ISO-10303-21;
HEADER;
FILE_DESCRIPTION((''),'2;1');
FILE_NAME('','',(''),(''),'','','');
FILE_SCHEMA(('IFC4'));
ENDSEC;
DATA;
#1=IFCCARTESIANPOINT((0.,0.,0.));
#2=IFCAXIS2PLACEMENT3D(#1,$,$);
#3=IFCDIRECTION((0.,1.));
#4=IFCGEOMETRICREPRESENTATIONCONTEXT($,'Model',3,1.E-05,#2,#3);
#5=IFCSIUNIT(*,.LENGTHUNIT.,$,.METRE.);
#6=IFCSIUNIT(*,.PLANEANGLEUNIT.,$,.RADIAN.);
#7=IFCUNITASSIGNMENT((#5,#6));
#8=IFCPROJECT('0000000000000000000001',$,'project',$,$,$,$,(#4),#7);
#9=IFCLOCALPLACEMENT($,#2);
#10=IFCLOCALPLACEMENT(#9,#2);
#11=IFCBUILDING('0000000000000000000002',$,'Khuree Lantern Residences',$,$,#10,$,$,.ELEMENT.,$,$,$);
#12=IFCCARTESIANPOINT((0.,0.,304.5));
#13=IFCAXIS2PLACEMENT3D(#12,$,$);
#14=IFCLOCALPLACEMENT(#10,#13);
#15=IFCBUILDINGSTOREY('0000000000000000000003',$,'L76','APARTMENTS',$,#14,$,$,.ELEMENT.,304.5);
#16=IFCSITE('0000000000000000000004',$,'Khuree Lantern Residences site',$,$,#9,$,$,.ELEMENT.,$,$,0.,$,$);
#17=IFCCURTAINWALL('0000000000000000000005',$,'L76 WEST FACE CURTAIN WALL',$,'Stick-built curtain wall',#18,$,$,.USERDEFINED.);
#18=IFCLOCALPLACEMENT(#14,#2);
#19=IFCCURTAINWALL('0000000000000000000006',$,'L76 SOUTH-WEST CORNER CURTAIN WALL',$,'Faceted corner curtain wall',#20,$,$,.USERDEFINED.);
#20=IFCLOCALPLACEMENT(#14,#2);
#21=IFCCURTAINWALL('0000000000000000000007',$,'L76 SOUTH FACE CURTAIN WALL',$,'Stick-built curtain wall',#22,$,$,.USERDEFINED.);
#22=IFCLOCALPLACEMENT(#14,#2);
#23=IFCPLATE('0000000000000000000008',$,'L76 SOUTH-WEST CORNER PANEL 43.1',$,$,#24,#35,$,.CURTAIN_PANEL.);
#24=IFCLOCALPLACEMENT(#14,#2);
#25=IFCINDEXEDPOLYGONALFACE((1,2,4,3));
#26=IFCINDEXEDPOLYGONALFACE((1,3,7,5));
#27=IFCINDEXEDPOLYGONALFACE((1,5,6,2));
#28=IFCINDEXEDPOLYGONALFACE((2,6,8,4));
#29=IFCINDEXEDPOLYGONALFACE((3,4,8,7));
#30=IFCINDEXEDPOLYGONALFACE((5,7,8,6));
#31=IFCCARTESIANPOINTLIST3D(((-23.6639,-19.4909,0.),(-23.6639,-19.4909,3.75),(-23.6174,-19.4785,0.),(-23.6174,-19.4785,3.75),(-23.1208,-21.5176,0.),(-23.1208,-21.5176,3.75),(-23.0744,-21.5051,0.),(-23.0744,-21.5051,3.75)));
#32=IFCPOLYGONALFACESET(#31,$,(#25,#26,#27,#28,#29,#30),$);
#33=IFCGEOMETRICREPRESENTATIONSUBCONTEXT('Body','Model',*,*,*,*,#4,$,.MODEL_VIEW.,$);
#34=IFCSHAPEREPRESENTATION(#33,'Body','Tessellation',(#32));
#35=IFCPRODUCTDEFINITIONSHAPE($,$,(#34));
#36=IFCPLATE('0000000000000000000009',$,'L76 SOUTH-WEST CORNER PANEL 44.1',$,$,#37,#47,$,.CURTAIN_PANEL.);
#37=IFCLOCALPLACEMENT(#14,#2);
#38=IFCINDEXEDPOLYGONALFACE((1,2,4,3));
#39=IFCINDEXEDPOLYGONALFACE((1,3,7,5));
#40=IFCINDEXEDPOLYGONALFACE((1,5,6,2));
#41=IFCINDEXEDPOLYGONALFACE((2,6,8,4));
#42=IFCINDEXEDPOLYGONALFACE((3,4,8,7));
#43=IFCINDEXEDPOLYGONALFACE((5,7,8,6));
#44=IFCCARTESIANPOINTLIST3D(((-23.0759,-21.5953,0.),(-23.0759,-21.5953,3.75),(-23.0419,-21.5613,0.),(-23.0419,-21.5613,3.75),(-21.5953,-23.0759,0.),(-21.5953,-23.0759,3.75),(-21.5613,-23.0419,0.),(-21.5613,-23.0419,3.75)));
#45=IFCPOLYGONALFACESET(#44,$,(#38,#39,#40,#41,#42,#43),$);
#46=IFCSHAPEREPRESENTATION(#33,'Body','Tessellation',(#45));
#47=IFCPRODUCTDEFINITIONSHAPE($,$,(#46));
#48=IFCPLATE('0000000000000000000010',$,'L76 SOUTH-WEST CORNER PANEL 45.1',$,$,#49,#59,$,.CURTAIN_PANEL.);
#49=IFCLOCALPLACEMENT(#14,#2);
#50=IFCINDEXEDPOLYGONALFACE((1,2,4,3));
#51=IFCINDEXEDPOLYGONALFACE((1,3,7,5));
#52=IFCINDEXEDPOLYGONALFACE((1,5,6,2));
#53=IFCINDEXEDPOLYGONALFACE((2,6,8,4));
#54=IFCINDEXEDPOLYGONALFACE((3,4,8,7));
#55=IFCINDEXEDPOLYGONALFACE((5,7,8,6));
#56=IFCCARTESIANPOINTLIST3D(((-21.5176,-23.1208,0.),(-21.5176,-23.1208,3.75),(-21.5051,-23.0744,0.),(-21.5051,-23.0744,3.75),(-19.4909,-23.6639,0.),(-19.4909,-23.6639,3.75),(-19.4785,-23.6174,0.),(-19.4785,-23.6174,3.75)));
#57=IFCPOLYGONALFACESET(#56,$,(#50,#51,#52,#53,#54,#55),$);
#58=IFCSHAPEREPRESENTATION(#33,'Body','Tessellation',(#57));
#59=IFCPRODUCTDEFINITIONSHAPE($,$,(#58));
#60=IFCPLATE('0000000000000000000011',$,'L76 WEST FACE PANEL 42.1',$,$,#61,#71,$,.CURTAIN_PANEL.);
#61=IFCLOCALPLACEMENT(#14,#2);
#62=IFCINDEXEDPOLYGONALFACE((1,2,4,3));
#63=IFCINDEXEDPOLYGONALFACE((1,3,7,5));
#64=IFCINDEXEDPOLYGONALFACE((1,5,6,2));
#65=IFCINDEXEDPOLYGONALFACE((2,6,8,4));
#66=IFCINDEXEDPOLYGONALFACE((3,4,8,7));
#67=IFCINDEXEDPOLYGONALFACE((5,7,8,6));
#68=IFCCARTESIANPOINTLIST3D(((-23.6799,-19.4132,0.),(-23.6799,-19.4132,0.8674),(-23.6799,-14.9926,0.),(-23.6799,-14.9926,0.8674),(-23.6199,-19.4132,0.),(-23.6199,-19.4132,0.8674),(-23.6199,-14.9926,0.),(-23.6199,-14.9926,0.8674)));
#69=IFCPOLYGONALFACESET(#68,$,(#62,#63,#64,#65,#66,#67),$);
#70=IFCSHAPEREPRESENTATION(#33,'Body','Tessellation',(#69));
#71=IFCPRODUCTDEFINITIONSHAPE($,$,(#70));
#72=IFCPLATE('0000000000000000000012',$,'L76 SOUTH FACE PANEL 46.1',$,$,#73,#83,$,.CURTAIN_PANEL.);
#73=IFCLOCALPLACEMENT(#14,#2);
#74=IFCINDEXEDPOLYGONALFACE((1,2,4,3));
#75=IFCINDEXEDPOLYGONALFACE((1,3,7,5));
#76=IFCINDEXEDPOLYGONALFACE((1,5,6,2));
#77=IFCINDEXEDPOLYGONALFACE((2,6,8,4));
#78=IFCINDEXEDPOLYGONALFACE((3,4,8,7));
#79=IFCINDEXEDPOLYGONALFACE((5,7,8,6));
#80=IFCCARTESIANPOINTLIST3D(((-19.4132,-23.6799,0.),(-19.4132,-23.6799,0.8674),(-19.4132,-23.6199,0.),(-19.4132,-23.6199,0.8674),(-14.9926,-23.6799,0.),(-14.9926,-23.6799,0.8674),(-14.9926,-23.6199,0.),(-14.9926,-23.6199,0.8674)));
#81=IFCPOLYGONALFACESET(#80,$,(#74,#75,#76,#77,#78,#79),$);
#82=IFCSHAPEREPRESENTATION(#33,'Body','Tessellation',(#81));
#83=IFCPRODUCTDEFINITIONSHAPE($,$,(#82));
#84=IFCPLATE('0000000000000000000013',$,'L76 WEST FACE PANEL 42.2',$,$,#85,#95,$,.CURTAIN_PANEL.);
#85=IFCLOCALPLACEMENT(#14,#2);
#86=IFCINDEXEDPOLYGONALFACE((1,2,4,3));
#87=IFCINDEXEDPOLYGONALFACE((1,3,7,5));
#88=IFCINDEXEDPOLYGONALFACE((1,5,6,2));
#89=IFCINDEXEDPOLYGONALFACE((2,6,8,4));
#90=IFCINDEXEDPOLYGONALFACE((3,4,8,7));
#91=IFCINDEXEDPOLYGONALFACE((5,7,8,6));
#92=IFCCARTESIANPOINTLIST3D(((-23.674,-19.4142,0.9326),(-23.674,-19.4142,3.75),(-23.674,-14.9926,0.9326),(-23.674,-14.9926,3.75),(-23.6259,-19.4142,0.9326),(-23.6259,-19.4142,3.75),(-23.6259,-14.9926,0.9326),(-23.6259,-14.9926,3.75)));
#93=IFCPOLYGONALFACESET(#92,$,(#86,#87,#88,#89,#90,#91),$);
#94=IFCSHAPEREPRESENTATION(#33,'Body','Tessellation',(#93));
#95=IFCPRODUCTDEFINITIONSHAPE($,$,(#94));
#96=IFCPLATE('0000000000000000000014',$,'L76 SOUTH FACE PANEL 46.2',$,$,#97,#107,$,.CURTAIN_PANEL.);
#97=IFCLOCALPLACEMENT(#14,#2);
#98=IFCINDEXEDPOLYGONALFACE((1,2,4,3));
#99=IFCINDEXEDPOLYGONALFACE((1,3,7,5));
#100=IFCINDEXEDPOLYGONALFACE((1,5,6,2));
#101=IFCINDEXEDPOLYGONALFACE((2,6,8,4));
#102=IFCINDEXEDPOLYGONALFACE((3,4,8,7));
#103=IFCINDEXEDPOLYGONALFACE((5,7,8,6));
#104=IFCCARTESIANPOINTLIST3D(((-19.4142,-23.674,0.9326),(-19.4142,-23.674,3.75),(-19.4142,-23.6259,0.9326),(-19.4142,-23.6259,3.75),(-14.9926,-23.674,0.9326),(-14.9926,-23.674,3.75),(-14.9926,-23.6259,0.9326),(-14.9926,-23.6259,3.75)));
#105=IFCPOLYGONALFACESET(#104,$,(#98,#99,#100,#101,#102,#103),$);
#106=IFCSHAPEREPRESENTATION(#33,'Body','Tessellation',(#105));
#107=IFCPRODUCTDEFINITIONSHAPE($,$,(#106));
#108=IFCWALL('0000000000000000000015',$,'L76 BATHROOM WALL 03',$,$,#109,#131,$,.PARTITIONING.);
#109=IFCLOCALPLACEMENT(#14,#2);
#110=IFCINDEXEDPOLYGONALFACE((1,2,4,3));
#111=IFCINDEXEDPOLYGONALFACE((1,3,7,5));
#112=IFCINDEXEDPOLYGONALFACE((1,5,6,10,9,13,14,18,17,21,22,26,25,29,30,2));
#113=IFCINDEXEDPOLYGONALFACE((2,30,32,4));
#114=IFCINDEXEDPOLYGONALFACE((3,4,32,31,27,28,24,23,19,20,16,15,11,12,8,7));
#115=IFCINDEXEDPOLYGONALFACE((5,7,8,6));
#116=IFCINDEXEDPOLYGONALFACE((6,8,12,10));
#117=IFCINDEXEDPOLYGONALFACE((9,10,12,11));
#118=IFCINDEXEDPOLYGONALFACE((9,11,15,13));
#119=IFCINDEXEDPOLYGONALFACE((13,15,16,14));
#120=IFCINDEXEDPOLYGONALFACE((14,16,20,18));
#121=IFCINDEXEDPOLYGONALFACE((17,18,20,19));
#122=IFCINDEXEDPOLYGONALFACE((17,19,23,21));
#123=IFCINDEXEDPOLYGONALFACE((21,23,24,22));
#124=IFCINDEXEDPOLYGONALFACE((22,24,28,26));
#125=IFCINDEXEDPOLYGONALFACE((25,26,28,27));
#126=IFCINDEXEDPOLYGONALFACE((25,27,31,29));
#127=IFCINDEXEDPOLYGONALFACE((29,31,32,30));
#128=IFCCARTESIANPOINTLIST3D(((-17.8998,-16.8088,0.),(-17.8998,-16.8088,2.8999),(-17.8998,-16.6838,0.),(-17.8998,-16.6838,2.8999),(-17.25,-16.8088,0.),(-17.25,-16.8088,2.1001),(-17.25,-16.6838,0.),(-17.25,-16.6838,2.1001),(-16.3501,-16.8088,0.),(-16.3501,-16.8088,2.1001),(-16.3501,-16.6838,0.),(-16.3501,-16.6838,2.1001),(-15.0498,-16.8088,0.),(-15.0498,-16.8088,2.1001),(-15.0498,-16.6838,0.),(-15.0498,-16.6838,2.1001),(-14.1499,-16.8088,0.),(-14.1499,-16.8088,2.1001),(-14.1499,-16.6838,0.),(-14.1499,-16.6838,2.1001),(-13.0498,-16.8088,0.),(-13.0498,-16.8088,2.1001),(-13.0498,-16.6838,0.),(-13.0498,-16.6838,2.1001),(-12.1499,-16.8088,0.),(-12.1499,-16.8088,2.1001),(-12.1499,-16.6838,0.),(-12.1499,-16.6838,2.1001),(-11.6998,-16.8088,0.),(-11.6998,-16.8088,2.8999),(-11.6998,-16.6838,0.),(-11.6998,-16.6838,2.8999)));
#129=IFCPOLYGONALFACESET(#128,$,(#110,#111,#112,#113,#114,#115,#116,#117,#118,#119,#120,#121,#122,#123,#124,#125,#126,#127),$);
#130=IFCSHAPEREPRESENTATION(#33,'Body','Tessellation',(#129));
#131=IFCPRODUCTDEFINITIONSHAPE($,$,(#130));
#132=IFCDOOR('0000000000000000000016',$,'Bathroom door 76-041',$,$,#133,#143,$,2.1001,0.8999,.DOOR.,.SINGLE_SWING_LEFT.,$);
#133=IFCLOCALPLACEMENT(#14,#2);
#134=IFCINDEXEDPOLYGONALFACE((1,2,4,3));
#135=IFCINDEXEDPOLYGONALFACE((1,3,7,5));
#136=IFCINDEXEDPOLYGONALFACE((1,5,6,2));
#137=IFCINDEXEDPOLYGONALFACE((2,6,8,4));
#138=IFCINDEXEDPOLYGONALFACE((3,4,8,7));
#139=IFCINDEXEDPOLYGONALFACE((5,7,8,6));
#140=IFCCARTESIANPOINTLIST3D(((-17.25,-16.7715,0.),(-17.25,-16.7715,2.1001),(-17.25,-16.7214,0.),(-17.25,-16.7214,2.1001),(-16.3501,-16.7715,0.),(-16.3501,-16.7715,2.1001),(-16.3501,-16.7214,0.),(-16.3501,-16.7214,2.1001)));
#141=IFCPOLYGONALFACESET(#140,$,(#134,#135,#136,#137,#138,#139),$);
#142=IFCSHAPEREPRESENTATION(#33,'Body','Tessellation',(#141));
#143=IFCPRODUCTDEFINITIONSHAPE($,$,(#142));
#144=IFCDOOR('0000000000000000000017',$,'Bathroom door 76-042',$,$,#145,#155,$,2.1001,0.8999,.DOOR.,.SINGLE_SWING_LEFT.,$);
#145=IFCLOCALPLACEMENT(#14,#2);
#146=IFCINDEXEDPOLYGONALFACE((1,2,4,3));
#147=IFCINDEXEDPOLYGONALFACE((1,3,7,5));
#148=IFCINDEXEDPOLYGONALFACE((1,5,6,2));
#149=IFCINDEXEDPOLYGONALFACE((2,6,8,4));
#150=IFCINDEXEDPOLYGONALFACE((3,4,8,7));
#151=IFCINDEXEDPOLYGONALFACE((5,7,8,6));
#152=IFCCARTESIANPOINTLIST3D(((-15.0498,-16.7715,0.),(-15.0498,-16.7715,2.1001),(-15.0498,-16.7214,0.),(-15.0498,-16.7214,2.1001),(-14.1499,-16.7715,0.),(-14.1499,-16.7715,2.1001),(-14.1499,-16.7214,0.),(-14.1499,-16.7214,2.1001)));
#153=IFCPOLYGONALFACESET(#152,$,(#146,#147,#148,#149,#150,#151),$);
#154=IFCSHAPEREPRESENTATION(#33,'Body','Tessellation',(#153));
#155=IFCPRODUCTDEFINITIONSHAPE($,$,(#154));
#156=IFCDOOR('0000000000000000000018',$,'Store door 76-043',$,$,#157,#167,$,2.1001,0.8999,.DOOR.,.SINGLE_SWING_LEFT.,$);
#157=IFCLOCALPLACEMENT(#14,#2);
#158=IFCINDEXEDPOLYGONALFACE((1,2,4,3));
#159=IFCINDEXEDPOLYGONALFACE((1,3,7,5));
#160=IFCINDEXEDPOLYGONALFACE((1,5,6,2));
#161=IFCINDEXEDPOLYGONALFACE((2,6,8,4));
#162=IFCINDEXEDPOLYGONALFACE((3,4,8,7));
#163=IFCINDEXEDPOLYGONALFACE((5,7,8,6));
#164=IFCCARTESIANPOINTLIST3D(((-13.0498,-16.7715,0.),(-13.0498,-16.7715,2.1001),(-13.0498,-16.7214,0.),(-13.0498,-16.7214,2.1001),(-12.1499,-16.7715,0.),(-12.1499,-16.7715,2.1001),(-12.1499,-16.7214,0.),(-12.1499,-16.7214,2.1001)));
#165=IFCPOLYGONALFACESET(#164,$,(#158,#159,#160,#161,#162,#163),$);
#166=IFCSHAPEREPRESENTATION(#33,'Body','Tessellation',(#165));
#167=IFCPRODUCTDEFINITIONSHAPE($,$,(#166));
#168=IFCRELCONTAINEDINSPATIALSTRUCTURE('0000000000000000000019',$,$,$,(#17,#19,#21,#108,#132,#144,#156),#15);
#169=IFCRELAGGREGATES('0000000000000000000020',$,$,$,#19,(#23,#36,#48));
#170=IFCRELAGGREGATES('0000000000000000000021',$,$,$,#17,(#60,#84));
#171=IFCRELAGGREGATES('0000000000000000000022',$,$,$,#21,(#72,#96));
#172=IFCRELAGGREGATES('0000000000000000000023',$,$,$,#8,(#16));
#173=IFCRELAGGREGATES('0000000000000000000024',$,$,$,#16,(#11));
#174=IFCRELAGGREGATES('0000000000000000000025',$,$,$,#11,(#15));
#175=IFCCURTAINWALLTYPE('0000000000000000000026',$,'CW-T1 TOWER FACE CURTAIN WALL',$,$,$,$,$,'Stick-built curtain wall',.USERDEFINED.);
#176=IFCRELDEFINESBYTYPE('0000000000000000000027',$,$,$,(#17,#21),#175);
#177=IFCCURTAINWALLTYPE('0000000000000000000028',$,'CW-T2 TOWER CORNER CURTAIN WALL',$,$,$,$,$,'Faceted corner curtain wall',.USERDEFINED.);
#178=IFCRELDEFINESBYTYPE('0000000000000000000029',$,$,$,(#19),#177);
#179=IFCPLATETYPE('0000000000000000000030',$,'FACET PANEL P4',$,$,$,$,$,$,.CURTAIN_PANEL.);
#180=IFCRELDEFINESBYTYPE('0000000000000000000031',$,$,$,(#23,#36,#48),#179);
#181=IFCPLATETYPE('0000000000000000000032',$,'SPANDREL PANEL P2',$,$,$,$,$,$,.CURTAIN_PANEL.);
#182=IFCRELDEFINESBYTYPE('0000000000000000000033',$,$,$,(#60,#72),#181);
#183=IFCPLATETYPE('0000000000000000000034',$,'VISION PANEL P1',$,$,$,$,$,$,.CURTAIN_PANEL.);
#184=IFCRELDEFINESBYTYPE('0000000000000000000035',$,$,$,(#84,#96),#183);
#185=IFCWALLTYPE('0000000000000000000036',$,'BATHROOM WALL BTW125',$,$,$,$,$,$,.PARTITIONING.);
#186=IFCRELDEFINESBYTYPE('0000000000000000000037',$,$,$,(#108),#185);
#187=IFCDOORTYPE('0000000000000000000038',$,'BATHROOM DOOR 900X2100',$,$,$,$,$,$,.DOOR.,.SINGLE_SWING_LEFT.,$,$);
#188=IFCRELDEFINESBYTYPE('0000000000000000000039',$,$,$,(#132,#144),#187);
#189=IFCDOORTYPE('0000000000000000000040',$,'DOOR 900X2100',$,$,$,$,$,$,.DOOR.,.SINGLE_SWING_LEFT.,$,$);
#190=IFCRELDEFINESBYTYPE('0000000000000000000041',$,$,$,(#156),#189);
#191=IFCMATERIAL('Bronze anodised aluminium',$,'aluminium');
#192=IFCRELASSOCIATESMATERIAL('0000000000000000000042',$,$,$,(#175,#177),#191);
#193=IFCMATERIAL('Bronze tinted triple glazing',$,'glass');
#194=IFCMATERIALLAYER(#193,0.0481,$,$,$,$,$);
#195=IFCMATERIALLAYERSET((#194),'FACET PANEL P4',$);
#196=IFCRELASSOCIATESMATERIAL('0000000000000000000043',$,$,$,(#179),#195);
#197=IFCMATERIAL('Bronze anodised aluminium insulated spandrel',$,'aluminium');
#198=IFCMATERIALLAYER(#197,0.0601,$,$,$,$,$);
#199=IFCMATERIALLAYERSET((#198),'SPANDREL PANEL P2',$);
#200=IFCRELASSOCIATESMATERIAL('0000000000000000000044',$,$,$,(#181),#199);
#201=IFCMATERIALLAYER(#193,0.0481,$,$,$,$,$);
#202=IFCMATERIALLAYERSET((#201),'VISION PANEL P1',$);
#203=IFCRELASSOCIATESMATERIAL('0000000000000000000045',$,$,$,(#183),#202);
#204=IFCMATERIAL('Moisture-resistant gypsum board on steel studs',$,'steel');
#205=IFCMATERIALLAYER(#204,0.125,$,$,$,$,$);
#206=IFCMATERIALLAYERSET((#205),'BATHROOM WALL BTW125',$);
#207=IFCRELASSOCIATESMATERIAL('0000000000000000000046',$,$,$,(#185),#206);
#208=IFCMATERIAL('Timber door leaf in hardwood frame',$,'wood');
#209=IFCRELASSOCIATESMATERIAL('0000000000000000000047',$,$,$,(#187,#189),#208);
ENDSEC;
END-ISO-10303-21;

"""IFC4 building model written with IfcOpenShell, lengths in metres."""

from ifc_helpers import new_model, si_unit, direction, frame, frame_2d, origin, origin_2d, place, context, subcontext, project, spatial, rectangle, extrude, material, layer, layer_set, type_object, element, fill, aggregate, save


model = new_model("IFC4")

# Units and contexts
model_context = context("Model", 3, precision=1e-05, world=origin(), true_north=direction((0.0, 1.0)))
body_context = subcontext(model_context, "Body", "Model", "MODEL_VIEW")
ifc_project = project(units=[si_unit("LENGTHUNIT", "METRE"), si_unit("PLANEANGLEUNIT", "RADIAN")], contexts=[model_context])

# Site, building, storey
site_placement = place(None, origin())
site = spatial("IfcSite", under=ifc_project, at=site_placement, Name="Khuree Lantern Residences site", CompositionType="ELEMENT", RefElevation=0.0)
building_placement = place(site_placement, origin())
building = spatial("IfcBuilding", under=site, at=building_placement, Name="Khuree Lantern Residences", CompositionType="ELEMENT")
storey_placement = place(building_placement, frame((0.0, 0.0, 304.5)))
storey = spatial("IfcBuildingStorey", under=building, at=storey_placement, Name="L76", Description="APARTMENTS", CompositionType="ELEMENT", Elevation=304.5)

# Curtain walls
ifc_material_1 = material(Name="Bronze anodised aluminium", Category="aluminium")
curtain_wall_type_1 = type_object("IfcCurtainWallType", Name="CW-T1 TOWER FACE CURTAIN WALL", ElementType="Stick-built curtain wall", PredefinedType="USERDEFINED", material=ifc_material_1)
curtain_wall_1_placement = place(storey_placement, origin())
curtain_wall_1 = element("IfcCurtainWall", 1, at=curtain_wall_1_placement, inside=storey, type_object=curtain_wall_type_1, Name="L76 WEST FACE CURTAIN WALL", ObjectType="Stick-built curtain wall", PredefinedType="USERDEFINED")
curtain_wall_type_2 = type_object("IfcCurtainWallType", Name="CW-T2 TOWER CORNER CURTAIN WALL", ElementType="Faceted corner curtain wall", PredefinedType="USERDEFINED", material=ifc_material_1)
curtain_wall_2_placement = place(storey_placement, origin())
curtain_wall_2 = element("IfcCurtainWall", 2, at=curtain_wall_2_placement, inside=storey, type_object=curtain_wall_type_2, Name="L76 SOUTH-WEST CORNER CURTAIN WALL", ObjectType="Faceted corner curtain wall", PredefinedType="USERDEFINED")

# Curtain wall
curtain_wall_3_placement = place(storey_placement, origin())
curtain_wall_3 = element("IfcCurtainWall", 3, at=curtain_wall_3_placement, inside=storey, type_object=curtain_wall_type_1, Name="L76 SOUTH FACE CURTAIN WALL", ObjectType="Stick-built curtain wall", PredefinedType="USERDEFINED")

# Plates
ifc_material_2 = material(Name="Bronze tinted triple glazing", Category="glass")
ifc_layer_1 = layer(ifc_material_2, 0.0481)
ifc_layer_set_1 = layer_set([ifc_layer_1], Name="FACET PANEL P4")
plate_type_1 = type_object("IfcPlateType", Name="FACET PANEL P4", PredefinedType="CURTAIN_PANEL", material=ifc_layer_set_1)
plate_1_placement = place(storey_placement, frame((-23.3691, -20.498, 0.0), z_axis=(0.0, 0.0, 1.0), x_axis=(0.258819, -0.965926, 0.0)))
plate_1 = element("IfcPlate", 4, at=plate_1_placement, type_object=plate_type_1, Name="L76 SOUTH-WEST CORNER PANEL 43.1", PredefinedType="CURTAIN_PANEL", context=body_context, shape_type="SweptSolid", body=[
    extrude(rectangle(XDim=2.0981, YDim=0.0481, at=origin_2d()), origin(), (0.0, 0.0, 1.0), 3.75),
])
plate_2_placement = place(storey_placement, frame((-22.3186, -22.3186, 0.0), z_axis=(0.0, 0.0, 1.0), x_axis=(0.707107, -0.707107, 0.0)))
plate_2 = element("IfcPlate", 5, at=plate_2_placement, type_object=plate_type_1, Name="L76 SOUTH-WEST CORNER PANEL 44.1", PredefinedType="CURTAIN_PANEL", context=body_context, shape_type="SweptSolid", body=[
    extrude(rectangle(XDim=2.094, YDim=0.0481, at=origin_2d()), origin(), (0.0, 0.0, 1.0), 3.75),
])
plate_3_placement = place(storey_placement, frame((-20.498, -23.3691, 0.0), z_axis=(0.0, 0.0, 1.0), x_axis=(0.965926, -0.258819, 0.0)))
plate_3 = element("IfcPlate", 6, at=plate_3_placement, type_object=plate_type_1, Name="L76 SOUTH-WEST CORNER PANEL 45.1", PredefinedType="CURTAIN_PANEL", context=body_context, shape_type="SweptSolid", body=[
    extrude(rectangle(XDim=2.0981, YDim=0.0481, at=origin_2d()), origin(), (0.0, 0.0, 1.0), 3.75),
])
aggregate(curtain_wall_2, [plate_1, plate_2, plate_3])
ifc_material_3 = material(Name="Bronze anodised aluminium insulated spandrel", Category="aluminium")
ifc_layer_2 = layer(ifc_material_3, 0.0601)
ifc_layer_set_2 = layer_set([ifc_layer_2], Name="SPANDREL PANEL P2")
plate_type_2 = type_object("IfcPlateType", Name="SPANDREL PANEL P2", PredefinedType="CURTAIN_PANEL", material=ifc_layer_set_2)
plate_4_placement = place(storey_placement, frame((-23.6499, -17.2029, 0.0), z_axis=(0.0, 0.0, 1.0), x_axis=(0.0, -1.0, 0.0)))
plate_4 = element("IfcPlate", 7, at=plate_4_placement, type_object=plate_type_2, Name="L76 WEST FACE PANEL 42.1", PredefinedType="CURTAIN_PANEL", context=body_context, shape_type="SweptSolid", body=[
    extrude(rectangle(XDim=4.4207, YDim=0.0601, at=origin_2d()), origin(), (0.0, 0.0, 1.0), 0.8674),
])
plate_5_placement = place(storey_placement, frame((-17.2029, -23.6499, 0.0), z_axis=(0.0, 0.0, 1.0), x_axis=(1.0, 0.0, 0.0)))
plate_5 = element("IfcPlate", 8, at=plate_5_placement, type_object=plate_type_2, Name="L76 SOUTH FACE PANEL 46.1", PredefinedType="CURTAIN_PANEL", context=body_context, shape_type="SweptSolid", body=[
    extrude(rectangle(XDim=4.4207, YDim=0.0601, at=origin_2d()), origin(), (0.0, 0.0, 1.0), 0.8674),
])
ifc_layer_3 = layer(ifc_material_2, 0.0481)
ifc_layer_set_3 = layer_set([ifc_layer_3], Name="VISION PANEL P1")
plate_type_3 = type_object("IfcPlateType", Name="VISION PANEL P1", PredefinedType="CURTAIN_PANEL", material=ifc_layer_set_3)
plate_6_placement = place(storey_placement, frame((-23.6499, -17.2034, 0.9326), z_axis=(0.0, 0.0, 1.0), x_axis=(0.0, -1.0, 0.0)))
plate_6 = element("IfcPlate", 9, at=plate_6_placement, type_object=plate_type_3, Name="L76 WEST FACE PANEL 42.2", PredefinedType="CURTAIN_PANEL", context=body_context, shape_type="SweptSolid", body=[
    extrude(rectangle(XDim=4.4216, YDim=0.0481, at=origin_2d()), origin(), (0.0, 0.0, 1.0), 2.8174),
])
aggregate(curtain_wall_1, [plate_4, plate_6])
plate_7_placement = place(storey_placement, frame((-17.2034, -23.6499, 0.9326), z_axis=(0.0, 0.0, 1.0), x_axis=(1.0, 0.0, 0.0)))
plate_7 = element("IfcPlate", 10, at=plate_7_placement, type_object=plate_type_3, Name="L76 SOUTH FACE PANEL 46.2", PredefinedType="CURTAIN_PANEL", context=body_context, shape_type="SweptSolid", body=[
    extrude(rectangle(XDim=4.4216, YDim=0.0481, at=origin_2d()), origin(), (0.0, 0.0, 1.0), 2.8174),
])
aggregate(curtain_wall_3, [plate_5, plate_7])

# Wall, openings, doors
ifc_material_4 = material(Name="Moisture-resistant gypsum board on steel studs", Category="steel")
ifc_layer_4 = layer(ifc_material_4, 0.125)
ifc_layer_set_4 = layer_set([ifc_layer_4], Name="BATHROOM WALL BTW125")
wall_type = type_object("IfcWallType", Name="BATHROOM WALL BTW125", PredefinedType="PARTITIONING", material=ifc_layer_set_4)
wall_placement = place(storey_placement, frame((-17.8999, -16.7463, 0.0), z_axis=(0.0, 0.0, 1.0), x_axis=(1.0, 0.0, 0.0)))
wall = element("IfcWall", 11, at=wall_placement, inside=storey, type_object=wall_type, Name="L76 BATHROOM WALL 03", PredefinedType="PARTITIONING", context=body_context, shape_type="SweptSolid", body=[
    extrude(rectangle(XDim=6.2, YDim=0.125, at=frame_2d((3.1001, 0.0))), origin(), (0.0, 0.0, 1.0), 2.8999),
])
opening_1_placement = place(wall_placement, frame((0.6499, 0.0, 0.0)))
opening_1 = element("IfcOpeningElement", 12, at=opening_1_placement, cuts=wall, PredefinedType="OPENING", context=body_context, shape_type="SweptSolid", body=[
    extrude(rectangle(XDim=0.8999, YDim=2.1001, at=frame_2d((0.45, 1.05))), frame((0.0, 0.0725, 0.0), z_axis=(0.0, -1.0, 0.0), x_axis=(1.0, 0.0, 0.0)), (0.0, 0.0, 1.0), 0.145),
])
opening_2_placement = place(wall_placement, frame((2.8501, 0.0, 0.0)))
opening_2 = element("IfcOpeningElement", 13, at=opening_2_placement, cuts=wall, PredefinedType="OPENING", context=body_context, shape_type="SweptSolid", body=[
    extrude(rectangle(XDim=0.8999, YDim=2.1001, at=frame_2d((0.45, 1.05))), frame((0.0, 0.0725, 0.0), z_axis=(0.0, -1.0, 0.0), x_axis=(1.0, 0.0, 0.0)), (0.0, 0.0, 1.0), 0.145),
])
opening_3_placement = place(wall_placement, frame((4.8501, 0.0, 0.0)))
opening_3 = element("IfcOpeningElement", 14, at=opening_3_placement, cuts=wall, PredefinedType="OPENING", context=body_context, shape_type="SweptSolid", body=[
    extrude(rectangle(XDim=0.8999, YDim=2.1001, at=frame_2d((0.45, 1.05))), frame((0.0, 0.0725, 0.0), z_axis=(0.0, -1.0, 0.0), x_axis=(1.0, 0.0, 0.0)), (0.0, 0.0, 1.0), 0.145),
])
ifc_material_5 = material(Name="Timber door leaf in hardwood frame", Category="wood")
door_type_1 = type_object("IfcDoorType", Name="BATHROOM DOOR 900X2100", OperationType="SINGLE_SWING_LEFT", PredefinedType="DOOR", material=ifc_material_5)
door_1_placement = place(opening_1_placement, origin())
door_1 = element("IfcDoor", 15, at=door_1_placement, inside=storey, type_object=door_type_1, Name="Bathroom door 76-041", OperationType="SINGLE_SWING_LEFT", OverallHeight=2.1001, OverallWidth=0.8999, PredefinedType="DOOR", context=body_context, shape_type="SweptSolid", body=[
    extrude(rectangle(XDim=0.8999, YDim=2.1001, at=frame_2d((0.45, 1.05))), frame((0.0, 0.0249, 0.0), z_axis=(0.0, -1.0, 0.0), x_axis=(1.0, 0.0, 0.0)), (0.0, 0.0, 1.0), 0.05),
])
fill(opening_1, door_1)
door_2_placement = place(opening_2_placement, origin())
door_2 = element("IfcDoor", 16, at=door_2_placement, inside=storey, type_object=door_type_1, Name="Bathroom door 76-042", OperationType="SINGLE_SWING_LEFT", OverallHeight=2.1001, OverallWidth=0.8999, PredefinedType="DOOR", context=body_context, shape_type="SweptSolid", body=[
    extrude(rectangle(XDim=0.8999, YDim=2.1001, at=frame_2d((0.45, 1.05))), frame((0.0, 0.0249, 0.0), z_axis=(0.0, -1.0, 0.0), x_axis=(1.0, 0.0, 0.0)), (0.0, 0.0, 1.0), 0.05),
])
fill(opening_2, door_2)
door_type_2 = type_object("IfcDoorType", Name="DOOR 900X2100", OperationType="SINGLE_SWING_LEFT", PredefinedType="DOOR", material=ifc_material_5)
door_3_placement = place(opening_3_placement, origin())
door_3 = element("IfcDoor", 17, at=door_3_placement, inside=storey, type_object=door_type_2, Name="Store door 76-043", OperationType="SINGLE_SWING_LEFT", OverallHeight=2.1001, OverallWidth=0.8999, PredefinedType="DOOR", context=body_context, shape_type="SweptSolid", body=[
    extrude(rectangle(XDim=0.8999, YDim=2.1001, at=frame_2d((0.45, 1.05))), frame((0.0, 0.0249, 0.0), z_axis=(0.0, -1.0, 0.0), x_axis=(1.0, 0.0, 0.0)), (0.0, 0.0, 1.0), 0.05),
])
fill(opening_3, door_3)

save(model, "model.ifc")
